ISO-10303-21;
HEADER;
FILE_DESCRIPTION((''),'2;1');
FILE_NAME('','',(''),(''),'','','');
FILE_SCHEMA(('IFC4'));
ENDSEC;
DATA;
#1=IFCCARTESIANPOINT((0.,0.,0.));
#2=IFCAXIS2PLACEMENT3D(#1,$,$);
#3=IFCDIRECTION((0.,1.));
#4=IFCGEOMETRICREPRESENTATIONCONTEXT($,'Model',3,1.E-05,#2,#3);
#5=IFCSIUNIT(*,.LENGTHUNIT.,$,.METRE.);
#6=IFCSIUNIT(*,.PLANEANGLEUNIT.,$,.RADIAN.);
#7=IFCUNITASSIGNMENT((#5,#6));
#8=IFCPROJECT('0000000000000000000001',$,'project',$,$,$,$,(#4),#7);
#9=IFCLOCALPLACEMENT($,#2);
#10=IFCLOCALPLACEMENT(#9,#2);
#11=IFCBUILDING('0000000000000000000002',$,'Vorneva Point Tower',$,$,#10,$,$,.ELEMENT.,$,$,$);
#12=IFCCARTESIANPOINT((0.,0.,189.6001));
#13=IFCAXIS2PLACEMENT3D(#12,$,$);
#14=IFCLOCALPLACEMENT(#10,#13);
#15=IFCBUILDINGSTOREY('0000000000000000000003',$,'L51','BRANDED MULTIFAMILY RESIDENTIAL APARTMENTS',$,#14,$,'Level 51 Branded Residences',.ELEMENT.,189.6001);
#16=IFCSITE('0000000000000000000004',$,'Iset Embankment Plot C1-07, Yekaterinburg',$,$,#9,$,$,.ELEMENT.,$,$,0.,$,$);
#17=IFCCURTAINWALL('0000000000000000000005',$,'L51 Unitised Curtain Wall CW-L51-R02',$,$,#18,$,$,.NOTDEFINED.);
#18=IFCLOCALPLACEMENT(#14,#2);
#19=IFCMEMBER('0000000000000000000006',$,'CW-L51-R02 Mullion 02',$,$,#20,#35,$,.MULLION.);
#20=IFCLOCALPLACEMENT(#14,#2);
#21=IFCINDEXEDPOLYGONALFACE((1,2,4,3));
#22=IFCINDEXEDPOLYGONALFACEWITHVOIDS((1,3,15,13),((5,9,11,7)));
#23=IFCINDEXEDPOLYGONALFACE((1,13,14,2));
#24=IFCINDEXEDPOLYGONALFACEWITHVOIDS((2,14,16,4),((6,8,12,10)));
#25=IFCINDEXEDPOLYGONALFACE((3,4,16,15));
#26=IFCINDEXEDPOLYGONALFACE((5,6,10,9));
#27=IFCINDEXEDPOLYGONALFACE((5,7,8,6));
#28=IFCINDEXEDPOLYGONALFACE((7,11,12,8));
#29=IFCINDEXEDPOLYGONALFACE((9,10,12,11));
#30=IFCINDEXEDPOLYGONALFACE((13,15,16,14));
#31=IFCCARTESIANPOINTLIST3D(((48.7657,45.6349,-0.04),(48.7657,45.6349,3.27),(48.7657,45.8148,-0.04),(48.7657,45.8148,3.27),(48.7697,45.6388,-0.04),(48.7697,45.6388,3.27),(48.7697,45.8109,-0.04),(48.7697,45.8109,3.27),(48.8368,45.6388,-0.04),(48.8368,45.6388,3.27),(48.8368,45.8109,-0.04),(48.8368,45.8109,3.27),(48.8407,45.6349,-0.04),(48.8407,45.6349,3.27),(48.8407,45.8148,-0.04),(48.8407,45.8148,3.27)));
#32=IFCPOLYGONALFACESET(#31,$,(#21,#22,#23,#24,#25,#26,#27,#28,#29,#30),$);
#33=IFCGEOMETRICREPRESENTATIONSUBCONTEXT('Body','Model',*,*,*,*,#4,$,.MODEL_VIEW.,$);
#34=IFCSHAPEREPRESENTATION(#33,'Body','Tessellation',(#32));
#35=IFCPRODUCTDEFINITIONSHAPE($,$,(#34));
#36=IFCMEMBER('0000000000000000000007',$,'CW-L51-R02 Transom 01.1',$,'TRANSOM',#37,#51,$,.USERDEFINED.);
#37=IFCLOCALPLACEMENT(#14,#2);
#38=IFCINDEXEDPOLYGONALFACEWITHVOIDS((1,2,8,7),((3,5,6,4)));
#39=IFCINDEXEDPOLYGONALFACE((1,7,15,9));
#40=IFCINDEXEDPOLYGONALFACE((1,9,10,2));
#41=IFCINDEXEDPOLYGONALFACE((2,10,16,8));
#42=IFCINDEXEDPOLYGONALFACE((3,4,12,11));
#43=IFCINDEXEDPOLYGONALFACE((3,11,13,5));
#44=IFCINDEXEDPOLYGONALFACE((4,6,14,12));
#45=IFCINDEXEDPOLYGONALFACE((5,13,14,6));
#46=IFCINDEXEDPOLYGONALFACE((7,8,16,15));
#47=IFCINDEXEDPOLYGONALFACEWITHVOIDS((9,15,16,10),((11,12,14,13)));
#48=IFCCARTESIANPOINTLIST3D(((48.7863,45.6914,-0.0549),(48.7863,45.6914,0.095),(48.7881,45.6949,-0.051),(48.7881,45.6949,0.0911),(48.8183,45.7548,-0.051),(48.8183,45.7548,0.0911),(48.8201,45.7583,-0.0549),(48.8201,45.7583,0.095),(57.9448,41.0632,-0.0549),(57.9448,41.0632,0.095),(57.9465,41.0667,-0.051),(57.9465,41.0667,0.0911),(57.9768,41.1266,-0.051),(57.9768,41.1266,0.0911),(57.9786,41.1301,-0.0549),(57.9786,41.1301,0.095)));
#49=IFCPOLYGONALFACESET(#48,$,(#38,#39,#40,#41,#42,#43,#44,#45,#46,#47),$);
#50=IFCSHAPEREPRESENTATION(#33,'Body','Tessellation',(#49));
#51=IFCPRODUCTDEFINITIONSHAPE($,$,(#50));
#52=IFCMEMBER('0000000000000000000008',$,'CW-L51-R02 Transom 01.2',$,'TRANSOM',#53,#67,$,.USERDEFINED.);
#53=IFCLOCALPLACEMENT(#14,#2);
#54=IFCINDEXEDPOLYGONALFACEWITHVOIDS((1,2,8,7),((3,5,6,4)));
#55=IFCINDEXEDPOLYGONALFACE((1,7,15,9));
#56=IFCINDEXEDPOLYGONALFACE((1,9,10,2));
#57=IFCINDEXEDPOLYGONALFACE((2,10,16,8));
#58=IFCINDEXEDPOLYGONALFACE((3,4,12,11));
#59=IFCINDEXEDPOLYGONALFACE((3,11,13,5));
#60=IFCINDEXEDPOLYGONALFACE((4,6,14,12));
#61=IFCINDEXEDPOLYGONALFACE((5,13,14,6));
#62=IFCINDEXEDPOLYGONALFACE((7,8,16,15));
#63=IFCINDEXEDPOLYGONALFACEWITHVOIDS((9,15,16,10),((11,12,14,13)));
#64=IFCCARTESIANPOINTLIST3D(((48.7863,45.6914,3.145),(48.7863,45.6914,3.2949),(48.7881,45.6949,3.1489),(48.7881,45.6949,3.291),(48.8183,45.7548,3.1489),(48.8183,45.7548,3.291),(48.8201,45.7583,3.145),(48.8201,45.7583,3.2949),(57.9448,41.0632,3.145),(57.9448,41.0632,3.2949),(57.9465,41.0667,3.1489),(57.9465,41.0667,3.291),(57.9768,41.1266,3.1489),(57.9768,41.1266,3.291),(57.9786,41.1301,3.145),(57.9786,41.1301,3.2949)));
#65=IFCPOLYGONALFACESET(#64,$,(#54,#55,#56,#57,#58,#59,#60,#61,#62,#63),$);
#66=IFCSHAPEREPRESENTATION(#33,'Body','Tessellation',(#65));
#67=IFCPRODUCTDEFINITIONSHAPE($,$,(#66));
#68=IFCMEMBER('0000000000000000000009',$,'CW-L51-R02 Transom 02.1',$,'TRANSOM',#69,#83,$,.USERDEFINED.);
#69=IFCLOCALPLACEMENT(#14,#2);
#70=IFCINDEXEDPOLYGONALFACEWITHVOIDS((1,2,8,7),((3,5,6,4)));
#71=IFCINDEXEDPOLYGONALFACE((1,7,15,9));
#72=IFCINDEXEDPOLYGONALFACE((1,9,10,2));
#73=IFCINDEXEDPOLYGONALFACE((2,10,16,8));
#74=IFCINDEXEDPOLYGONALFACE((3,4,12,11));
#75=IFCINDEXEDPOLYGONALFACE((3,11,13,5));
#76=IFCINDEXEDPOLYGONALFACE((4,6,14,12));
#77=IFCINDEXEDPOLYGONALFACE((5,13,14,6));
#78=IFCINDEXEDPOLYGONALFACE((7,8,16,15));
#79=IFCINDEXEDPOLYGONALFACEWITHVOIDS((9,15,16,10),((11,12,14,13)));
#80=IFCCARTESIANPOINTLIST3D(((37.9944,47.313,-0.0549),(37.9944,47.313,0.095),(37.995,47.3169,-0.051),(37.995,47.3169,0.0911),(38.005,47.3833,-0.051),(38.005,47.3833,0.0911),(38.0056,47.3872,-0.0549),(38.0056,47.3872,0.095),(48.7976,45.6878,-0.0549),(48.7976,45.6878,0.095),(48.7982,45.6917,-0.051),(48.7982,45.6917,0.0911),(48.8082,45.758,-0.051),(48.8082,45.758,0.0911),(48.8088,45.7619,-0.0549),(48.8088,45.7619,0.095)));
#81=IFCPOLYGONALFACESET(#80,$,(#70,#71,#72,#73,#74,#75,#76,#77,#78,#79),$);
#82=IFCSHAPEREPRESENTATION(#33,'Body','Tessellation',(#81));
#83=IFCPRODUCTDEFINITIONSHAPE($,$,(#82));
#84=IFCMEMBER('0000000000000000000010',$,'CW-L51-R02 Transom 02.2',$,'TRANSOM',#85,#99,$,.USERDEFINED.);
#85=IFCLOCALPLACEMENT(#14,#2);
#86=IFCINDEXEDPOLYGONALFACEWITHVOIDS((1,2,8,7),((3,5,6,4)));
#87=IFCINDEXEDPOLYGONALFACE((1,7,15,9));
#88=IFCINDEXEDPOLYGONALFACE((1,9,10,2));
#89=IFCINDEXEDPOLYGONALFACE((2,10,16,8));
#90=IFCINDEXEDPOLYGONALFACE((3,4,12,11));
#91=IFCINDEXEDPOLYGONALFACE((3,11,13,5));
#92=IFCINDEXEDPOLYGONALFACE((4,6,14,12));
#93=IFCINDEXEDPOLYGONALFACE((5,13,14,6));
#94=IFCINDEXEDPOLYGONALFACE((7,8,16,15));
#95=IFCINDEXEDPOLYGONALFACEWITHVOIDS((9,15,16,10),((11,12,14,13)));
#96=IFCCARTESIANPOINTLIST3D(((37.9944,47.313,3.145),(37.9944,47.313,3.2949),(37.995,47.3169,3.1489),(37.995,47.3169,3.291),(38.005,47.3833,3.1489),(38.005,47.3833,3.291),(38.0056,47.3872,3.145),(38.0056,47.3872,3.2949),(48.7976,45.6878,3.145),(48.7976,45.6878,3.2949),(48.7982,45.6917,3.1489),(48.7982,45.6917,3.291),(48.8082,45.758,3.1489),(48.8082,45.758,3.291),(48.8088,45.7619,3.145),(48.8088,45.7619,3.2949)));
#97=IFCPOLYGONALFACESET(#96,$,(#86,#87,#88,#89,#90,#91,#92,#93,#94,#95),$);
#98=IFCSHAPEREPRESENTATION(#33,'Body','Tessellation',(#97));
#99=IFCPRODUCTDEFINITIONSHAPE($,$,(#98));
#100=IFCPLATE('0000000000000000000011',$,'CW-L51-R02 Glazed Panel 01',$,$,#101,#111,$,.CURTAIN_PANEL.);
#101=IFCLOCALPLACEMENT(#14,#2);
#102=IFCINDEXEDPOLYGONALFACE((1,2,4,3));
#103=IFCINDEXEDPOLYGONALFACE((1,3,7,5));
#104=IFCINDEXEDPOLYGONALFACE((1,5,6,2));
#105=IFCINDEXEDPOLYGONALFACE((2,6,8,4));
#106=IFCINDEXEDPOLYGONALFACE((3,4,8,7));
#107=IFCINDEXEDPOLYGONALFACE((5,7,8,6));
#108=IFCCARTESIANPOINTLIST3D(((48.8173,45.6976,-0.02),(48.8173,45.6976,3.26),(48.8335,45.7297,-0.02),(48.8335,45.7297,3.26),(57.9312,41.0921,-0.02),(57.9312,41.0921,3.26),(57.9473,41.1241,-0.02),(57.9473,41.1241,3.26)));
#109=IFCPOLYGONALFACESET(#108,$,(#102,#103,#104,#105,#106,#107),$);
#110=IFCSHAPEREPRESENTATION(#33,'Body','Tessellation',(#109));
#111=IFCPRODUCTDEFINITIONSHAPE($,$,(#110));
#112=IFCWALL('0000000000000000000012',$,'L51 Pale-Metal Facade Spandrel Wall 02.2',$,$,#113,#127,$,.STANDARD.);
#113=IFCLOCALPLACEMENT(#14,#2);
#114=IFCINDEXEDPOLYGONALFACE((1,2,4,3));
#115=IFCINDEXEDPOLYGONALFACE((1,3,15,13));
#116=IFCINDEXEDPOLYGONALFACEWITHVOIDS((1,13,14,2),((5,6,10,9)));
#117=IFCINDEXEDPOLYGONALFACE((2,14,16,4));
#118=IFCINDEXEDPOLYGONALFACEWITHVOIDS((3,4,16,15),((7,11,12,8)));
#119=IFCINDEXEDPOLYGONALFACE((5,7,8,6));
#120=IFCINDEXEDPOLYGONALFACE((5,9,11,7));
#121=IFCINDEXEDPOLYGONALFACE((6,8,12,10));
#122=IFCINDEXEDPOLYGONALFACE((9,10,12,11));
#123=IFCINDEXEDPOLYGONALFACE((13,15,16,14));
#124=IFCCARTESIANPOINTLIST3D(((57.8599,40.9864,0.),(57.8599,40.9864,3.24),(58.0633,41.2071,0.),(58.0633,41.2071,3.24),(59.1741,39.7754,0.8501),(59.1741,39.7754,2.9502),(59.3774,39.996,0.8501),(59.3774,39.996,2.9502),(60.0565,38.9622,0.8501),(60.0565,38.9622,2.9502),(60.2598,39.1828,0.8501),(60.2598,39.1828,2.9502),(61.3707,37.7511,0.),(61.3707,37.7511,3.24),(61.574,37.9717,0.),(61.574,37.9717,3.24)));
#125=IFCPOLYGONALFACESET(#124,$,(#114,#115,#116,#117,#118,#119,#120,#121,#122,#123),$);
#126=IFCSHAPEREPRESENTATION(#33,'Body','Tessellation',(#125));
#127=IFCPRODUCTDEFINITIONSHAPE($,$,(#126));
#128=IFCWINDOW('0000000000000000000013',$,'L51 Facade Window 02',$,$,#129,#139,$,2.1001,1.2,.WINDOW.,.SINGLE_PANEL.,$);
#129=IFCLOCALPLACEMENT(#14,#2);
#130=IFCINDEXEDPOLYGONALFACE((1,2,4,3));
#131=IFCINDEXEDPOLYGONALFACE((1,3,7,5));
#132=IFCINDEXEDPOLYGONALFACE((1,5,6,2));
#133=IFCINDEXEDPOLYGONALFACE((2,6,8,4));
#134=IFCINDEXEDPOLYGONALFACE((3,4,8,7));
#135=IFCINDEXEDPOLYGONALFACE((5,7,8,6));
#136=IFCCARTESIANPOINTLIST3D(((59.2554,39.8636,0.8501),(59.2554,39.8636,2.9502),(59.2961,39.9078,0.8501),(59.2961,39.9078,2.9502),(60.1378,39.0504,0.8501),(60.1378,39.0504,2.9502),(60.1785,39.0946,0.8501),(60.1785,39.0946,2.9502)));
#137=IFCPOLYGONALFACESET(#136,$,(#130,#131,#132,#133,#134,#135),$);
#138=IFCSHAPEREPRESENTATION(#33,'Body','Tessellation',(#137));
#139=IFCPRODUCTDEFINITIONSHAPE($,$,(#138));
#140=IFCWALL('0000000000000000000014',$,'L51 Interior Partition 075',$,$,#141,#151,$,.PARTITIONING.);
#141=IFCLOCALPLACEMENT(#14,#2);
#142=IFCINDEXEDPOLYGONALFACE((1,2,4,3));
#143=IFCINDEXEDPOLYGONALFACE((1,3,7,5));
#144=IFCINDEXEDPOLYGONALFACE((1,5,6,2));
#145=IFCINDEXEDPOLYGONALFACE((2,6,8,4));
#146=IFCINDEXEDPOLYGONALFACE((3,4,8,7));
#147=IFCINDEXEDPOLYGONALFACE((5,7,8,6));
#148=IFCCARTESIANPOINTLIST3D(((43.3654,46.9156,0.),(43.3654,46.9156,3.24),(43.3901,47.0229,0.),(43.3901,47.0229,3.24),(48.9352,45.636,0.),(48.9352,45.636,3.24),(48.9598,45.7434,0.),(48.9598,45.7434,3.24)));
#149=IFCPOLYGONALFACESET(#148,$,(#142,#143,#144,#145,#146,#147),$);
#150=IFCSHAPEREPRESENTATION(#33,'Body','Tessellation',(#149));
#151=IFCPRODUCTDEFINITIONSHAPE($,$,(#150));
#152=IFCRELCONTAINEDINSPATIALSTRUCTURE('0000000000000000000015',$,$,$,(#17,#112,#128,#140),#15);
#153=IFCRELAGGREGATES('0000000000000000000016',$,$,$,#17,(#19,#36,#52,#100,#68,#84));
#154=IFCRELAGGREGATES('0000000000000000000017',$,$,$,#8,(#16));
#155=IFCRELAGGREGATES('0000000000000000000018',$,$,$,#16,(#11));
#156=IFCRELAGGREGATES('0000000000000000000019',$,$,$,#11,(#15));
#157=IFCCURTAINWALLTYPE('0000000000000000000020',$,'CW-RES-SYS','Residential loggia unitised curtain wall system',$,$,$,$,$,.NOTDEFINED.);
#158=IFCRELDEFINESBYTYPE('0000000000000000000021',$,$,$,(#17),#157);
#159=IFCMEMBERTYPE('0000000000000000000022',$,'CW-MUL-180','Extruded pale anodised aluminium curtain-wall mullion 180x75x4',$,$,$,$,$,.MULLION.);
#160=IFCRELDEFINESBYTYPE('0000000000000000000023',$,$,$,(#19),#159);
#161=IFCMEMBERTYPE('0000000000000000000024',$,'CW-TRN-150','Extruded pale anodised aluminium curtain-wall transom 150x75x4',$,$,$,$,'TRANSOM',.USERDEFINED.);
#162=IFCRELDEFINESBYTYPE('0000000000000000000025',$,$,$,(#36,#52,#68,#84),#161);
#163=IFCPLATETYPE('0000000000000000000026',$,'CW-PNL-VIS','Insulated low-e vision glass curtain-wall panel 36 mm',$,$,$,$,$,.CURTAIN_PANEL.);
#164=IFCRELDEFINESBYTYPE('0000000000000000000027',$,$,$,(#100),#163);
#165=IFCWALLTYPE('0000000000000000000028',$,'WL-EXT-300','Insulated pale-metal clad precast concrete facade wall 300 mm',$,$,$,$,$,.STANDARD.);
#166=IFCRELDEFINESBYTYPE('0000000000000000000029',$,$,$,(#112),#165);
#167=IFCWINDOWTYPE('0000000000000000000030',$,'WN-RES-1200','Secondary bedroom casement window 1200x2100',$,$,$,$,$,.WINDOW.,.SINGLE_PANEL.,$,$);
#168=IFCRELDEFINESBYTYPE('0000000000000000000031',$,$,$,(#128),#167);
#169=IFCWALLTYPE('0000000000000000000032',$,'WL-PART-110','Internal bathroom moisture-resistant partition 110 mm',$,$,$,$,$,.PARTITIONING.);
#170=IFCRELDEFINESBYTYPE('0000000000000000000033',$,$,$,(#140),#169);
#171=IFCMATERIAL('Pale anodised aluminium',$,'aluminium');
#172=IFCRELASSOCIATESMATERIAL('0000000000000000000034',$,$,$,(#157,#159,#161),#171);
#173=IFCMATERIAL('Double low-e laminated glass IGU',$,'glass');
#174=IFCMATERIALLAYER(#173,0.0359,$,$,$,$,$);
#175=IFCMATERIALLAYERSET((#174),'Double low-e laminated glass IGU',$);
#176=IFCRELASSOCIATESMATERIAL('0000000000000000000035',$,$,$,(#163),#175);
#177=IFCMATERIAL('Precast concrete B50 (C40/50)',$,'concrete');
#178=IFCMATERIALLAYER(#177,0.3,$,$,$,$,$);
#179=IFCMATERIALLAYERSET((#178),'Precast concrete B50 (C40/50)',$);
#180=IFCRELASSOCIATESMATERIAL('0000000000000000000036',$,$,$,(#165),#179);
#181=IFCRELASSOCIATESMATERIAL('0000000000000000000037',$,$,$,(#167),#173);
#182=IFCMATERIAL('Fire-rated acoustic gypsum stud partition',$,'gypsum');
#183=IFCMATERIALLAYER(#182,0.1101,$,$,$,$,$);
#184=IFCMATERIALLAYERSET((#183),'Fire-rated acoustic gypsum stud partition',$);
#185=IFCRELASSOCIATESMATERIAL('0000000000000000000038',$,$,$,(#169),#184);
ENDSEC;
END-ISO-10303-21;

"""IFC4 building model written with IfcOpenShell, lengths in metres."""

from ifc_helpers import new_model, si_unit, direction, frame, frame_2d, origin, origin_2d, place, context, subcontext, project, spatial, rectangle, hollow_rectangle, extrude, material, layer, layer_set, material_profile, profile_set, type_object, element, fill, aggregate, save


model = new_model("IFC4")

# Units and contexts
model_context = context("Model", 3, precision=1e-05, world=origin(), true_north=direction((0.0, 1.0)))
body_context = subcontext(model_context, "Body", "Model", "MODEL_VIEW")
ifc_project = project(units=[si_unit("LENGTHUNIT", "METRE"), si_unit("PLANEANGLEUNIT", "RADIAN")], contexts=[model_context])

# Site, building, storey
site_placement = place(None, origin())
site = spatial("IfcSite", under=ifc_project, at=site_placement, Name="Iset Embankment Plot C1-07, Yekaterinburg", CompositionType="ELEMENT", RefElevation=0.0)
building_placement = place(site_placement, origin())
building = spatial("IfcBuilding", under=site, at=building_placement, Name="Vorneva Point Tower", CompositionType="ELEMENT")
storey_placement = place(building_placement, frame((0.0, 0.0, 189.6001)))
storey = spatial("IfcBuildingStorey", under=building, at=storey_placement, Name="L51", Description="BRANDED MULTIFAMILY RESIDENTIAL APARTMENTS", LongName="Level 51 Branded Residences", CompositionType="ELEMENT", Elevation=189.6001)

# Curtain wall, members, plate
ifc_material_1 = material(Name="Pale anodised aluminium", Category="aluminium")
curtain_wall_type = type_object("IfcCurtainWallType", Name="CW-RES-SYS", Description="Residential loggia unitised curtain wall system", PredefinedType="NOTDEFINED", material=ifc_material_1)
curtain_wall_placement = place(storey_placement, origin())
curtain_wall = element("IfcCurtainWall", 1, at=curtain_wall_placement, inside=storey, type_object=curtain_wall_type, Name="L51 Unitised Curtain Wall CW-L51-R02", PredefinedType="NOTDEFINED")
ifc_material_profile_1 = material_profile(ifc_material_1, hollow_rectangle(XDim=0.075, YDim=0.1799, WallThickness=0.0039, at=origin_2d()), Name="AL-MUL 180x75x4")
ifc_profile_set_1 = profile_set([ifc_material_profile_1], Name="Pale anodised aluminium")
member_type_1 = type_object("IfcMemberType", Name="CW-MUL-180", Description="Extruded pale anodised aluminium curtain-wall mullion 180x75x4", PredefinedType="MULLION", material=ifc_profile_set_1)
member_1_placement = place(storey_placement, frame((48.8032, 45.7249, -0.04), z_axis=(0.0, 0.0, 1.0), x_axis=(1.0, 0.0, 0.0)))
member_1 = element("IfcMember", 2, at=member_1_placement, type_object=member_type_1, Name="CW-L51-R02 Mullion 02", PredefinedType="MULLION", context=body_context, shape_type="SweptSolid", body=[
    extrude(hollow_rectangle(XDim=0.075, YDim=0.1799, WallThickness=0.0039, at=origin_2d()), origin(), (0.0, 0.0, 1.0), 3.3101),
])
ifc_material_profile_2 = material_profile(ifc_material_1, hollow_rectangle(XDim=0.075, YDim=0.1499, WallThickness=0.0039, at=origin_2d()), Name="AL-TRN 150x75x4")
ifc_profile_set_2 = profile_set([ifc_material_profile_2], Name="Pale anodised aluminium")
member_type_2 = type_object("IfcMemberType", Name="CW-TRN-150", Description="Extruded pale anodised aluminium curtain-wall transom 150x75x4", ElementType="TRANSOM", PredefinedType="USERDEFINED", material=ifc_profile_set_2)
member_2_placement = place(storey_placement, frame((57.9617, 41.0967, 0.02), z_axis=(-0.892511, 0.451026, 0.0), x_axis=(-0.451026, -0.892511, 0.0)))
member_2 = element("IfcMember", 3, at=member_2_placement, type_object=member_type_2, Name="CW-L51-R02 Transom 01.1", ObjectType="TRANSOM", PredefinedType="USERDEFINED", context=body_context, shape_type="SweptSolid", body=[
    extrude(hollow_rectangle(XDim=0.075, YDim=0.1499, WallThickness=0.0039, at=origin_2d()), origin(), (0.0, 0.0, 1.0), 10.2615),
])
member_3_placement = place(storey_placement, frame((57.9617, 41.0967, 3.22), z_axis=(-0.892511, 0.451026, 0.0), x_axis=(-0.451026, -0.892511, 0.0)))
member_3 = element("IfcMember", 4, at=member_3_placement, type_object=member_type_2, Name="CW-L51-R02 Transom 01.2", ObjectType="TRANSOM", PredefinedType="USERDEFINED", context=body_context, shape_type="SweptSolid", body=[
    extrude(hollow_rectangle(XDim=0.075, YDim=0.1499, WallThickness=0.0039, at=origin_2d()), origin(), (0.0, 0.0, 1.0), 10.2615),
])
member_4_placement = place(storey_placement, frame((48.8032, 45.7249, 0.02), z_axis=(-0.988872, 0.148767, 0.0), x_axis=(-0.148767, -0.988872, 0.0)))
member_4 = element("IfcMember", 5, at=member_4_placement, type_object=member_type_2, Name="CW-L51-R02 Transom 02.1", ObjectType="TRANSOM", PredefinedType="USERDEFINED", context=body_context, shape_type="SweptSolid", body=[
    extrude(hollow_rectangle(XDim=0.075, YDim=0.1499, WallThickness=0.0039, at=origin_2d()), origin(), (0.0, 0.0, 1.0), 10.9248),
])
member_5_placement = place(storey_placement, frame((48.8032, 45.7249, 3.22), z_axis=(-0.988872, 0.148767, 0.0), x_axis=(-0.148767, -0.988872, 0.0)))
member_5 = element("IfcMember", 6, at=member_5_placement, type_object=member_type_2, Name="CW-L51-R02 Transom 02.2", ObjectType="TRANSOM", PredefinedType="USERDEFINED", context=body_context, shape_type="SweptSolid", body=[
    extrude(hollow_rectangle(XDim=0.075, YDim=0.1499, WallThickness=0.0039, at=origin_2d()), origin(), (0.0, 0.0, 1.0), 10.9248),
])
ifc_material_2 = material(Name="Double low-e laminated glass IGU", Category="glass")
ifc_layer_1 = layer(ifc_material_2, 0.0359)
ifc_layer_set_1 = layer_set([ifc_layer_1], Name="Double low-e laminated glass IGU")
plate_type = type_object("IfcPlateType", Name="CW-PNL-VIS", Description="Insulated low-e vision glass curtain-wall panel 36 mm", PredefinedType="CURTAIN_PANEL", material=ifc_layer_set_1)
plate_placement = place(storey_placement, frame((53.3823, 43.4109, -0.02), z_axis=(0.0, 0.0, 1.0), x_axis=(-0.892515, 0.451018, 0.0)))
plate = element("IfcPlate", 7, at=plate_placement, type_object=plate_type, Name="CW-L51-R02 Glazed Panel 01", PredefinedType="CURTAIN_PANEL", context=body_context, shape_type="SweptSolid", body=[
    extrude(rectangle(XDim=10.2114, YDim=0.0359, at=origin_2d()), origin(), (0.0, 0.0, 1.0), 3.28),
])
aggregate(curtain_wall, [member_1, member_2, member_3, plate, member_4, member_5])

# Wall, opening, window
ifc_material_3 = material(Name="Precast concrete B50 (C40/50)", Category="concrete")
ifc_layer_2 = layer(ifc_material_3, 0.3)
ifc_layer_set_2 = layer_set([ifc_layer_2], Name="Precast concrete B50 (C40/50)")
wall_type_1 = type_object("IfcWallType", Name="WL-EXT-300", Description="Insulated pale-metal clad precast concrete facade wall 300 mm", PredefinedType="STANDARD", material=ifc_layer_set_2)
wall_1_placement = place(storey_placement, frame((61.4724, 37.8613, 0.0), z_axis=(0.0, 0.0, 1.0), x_axis=(-0.73536, 0.677677, 0.0)))
wall_1 = element("IfcWall", 8, at=wall_1_placement, inside=storey, type_object=wall_type_1, Name="L51 Pale-Metal Facade Spandrel Wall 02.2", PredefinedType="STANDARD", context=body_context, shape_type="SweptSolid", body=[
    extrude(rectangle(XDim=4.7742, YDim=0.3, at=frame_2d((2.3872, 0.0))), origin(), (0.0, 0.0, 1.0), 3.24),
])
opening_1_placement = place(wall_1_placement, frame((1.7871, 0.0, 0.8501)))
opening_1 = element("IfcOpeningElement", 9, at=opening_1_placement, cuts=wall_1, PredefinedType="OPENING", context=body_context, shape_type="SweptSolid", body=[
    extrude(rectangle(XDim=1.2, YDim=2.1001, at=frame_2d((0.6001, 1.05))), frame((0.0, 0.165, 0.0), z_axis=(0.0, -1.0, 0.0), x_axis=(1.0, 0.0, 0.0)), (0.0, 0.0, 1.0), 0.3298),
])
window_type = type_object("IfcWindowType", Name="WN-RES-1200", Description="Secondary bedroom casement window 1200x2100", PartitioningType="SINGLE_PANEL", PredefinedType="WINDOW", material=ifc_material_2)
window_placement = place(opening_1_placement, origin())
window = element("IfcWindow", 10, at=window_placement, inside=storey, type_object=window_type, Name="L51 Facade Window 02", OverallHeight=2.1001, OverallWidth=1.2, PartitioningType="SINGLE_PANEL", PredefinedType="WINDOW", context=body_context, shape_type="SweptSolid", body=[
    extrude(rectangle(XDim=1.2, YDim=2.1001, at=frame_2d((0.6001, 1.05))), frame((0.0, 0.03, 0.0), z_axis=(0.0, -1.0, 0.0), x_axis=(1.0, 0.0, 0.0)), (0.0, 0.0, 1.0), 0.0601),
])
fill(opening_1, window)

# Wall
ifc_material_4 = material(Name="Fire-rated acoustic gypsum stud partition", Category="gypsum")
ifc_layer_3 = layer(ifc_material_4, 0.1101)
ifc_layer_set_3 = layer_set([ifc_layer_3], Name="Fire-rated acoustic gypsum stud partition")
wall_type_2 = type_object("IfcWallType", Name="WL-PART-110", Description="Internal bathroom moisture-resistant partition 110 mm", PredefinedType="PARTITIONING", material=ifc_layer_set_3)
wall_2_placement = place(storey_placement, frame((48.9475, 45.6897, 0.0), z_axis=(0.0, 0.0, 1.0), x_axis=(-0.974613, 0.223895, 0.0)))
element("IfcWall", 11, at=wall_2_placement, inside=storey, type_object=wall_type_2, Name="L51 Interior Partition 075", PredefinedType="PARTITIONING", context=body_context, shape_type="SweptSolid", body=[
    extrude(rectangle(XDim=5.7148, YDim=0.1101, at=frame_2d((2.8574, 0.0))), origin(), (0.0, 0.0, 1.0), 3.24),
])

save(model, "model.ifc")
